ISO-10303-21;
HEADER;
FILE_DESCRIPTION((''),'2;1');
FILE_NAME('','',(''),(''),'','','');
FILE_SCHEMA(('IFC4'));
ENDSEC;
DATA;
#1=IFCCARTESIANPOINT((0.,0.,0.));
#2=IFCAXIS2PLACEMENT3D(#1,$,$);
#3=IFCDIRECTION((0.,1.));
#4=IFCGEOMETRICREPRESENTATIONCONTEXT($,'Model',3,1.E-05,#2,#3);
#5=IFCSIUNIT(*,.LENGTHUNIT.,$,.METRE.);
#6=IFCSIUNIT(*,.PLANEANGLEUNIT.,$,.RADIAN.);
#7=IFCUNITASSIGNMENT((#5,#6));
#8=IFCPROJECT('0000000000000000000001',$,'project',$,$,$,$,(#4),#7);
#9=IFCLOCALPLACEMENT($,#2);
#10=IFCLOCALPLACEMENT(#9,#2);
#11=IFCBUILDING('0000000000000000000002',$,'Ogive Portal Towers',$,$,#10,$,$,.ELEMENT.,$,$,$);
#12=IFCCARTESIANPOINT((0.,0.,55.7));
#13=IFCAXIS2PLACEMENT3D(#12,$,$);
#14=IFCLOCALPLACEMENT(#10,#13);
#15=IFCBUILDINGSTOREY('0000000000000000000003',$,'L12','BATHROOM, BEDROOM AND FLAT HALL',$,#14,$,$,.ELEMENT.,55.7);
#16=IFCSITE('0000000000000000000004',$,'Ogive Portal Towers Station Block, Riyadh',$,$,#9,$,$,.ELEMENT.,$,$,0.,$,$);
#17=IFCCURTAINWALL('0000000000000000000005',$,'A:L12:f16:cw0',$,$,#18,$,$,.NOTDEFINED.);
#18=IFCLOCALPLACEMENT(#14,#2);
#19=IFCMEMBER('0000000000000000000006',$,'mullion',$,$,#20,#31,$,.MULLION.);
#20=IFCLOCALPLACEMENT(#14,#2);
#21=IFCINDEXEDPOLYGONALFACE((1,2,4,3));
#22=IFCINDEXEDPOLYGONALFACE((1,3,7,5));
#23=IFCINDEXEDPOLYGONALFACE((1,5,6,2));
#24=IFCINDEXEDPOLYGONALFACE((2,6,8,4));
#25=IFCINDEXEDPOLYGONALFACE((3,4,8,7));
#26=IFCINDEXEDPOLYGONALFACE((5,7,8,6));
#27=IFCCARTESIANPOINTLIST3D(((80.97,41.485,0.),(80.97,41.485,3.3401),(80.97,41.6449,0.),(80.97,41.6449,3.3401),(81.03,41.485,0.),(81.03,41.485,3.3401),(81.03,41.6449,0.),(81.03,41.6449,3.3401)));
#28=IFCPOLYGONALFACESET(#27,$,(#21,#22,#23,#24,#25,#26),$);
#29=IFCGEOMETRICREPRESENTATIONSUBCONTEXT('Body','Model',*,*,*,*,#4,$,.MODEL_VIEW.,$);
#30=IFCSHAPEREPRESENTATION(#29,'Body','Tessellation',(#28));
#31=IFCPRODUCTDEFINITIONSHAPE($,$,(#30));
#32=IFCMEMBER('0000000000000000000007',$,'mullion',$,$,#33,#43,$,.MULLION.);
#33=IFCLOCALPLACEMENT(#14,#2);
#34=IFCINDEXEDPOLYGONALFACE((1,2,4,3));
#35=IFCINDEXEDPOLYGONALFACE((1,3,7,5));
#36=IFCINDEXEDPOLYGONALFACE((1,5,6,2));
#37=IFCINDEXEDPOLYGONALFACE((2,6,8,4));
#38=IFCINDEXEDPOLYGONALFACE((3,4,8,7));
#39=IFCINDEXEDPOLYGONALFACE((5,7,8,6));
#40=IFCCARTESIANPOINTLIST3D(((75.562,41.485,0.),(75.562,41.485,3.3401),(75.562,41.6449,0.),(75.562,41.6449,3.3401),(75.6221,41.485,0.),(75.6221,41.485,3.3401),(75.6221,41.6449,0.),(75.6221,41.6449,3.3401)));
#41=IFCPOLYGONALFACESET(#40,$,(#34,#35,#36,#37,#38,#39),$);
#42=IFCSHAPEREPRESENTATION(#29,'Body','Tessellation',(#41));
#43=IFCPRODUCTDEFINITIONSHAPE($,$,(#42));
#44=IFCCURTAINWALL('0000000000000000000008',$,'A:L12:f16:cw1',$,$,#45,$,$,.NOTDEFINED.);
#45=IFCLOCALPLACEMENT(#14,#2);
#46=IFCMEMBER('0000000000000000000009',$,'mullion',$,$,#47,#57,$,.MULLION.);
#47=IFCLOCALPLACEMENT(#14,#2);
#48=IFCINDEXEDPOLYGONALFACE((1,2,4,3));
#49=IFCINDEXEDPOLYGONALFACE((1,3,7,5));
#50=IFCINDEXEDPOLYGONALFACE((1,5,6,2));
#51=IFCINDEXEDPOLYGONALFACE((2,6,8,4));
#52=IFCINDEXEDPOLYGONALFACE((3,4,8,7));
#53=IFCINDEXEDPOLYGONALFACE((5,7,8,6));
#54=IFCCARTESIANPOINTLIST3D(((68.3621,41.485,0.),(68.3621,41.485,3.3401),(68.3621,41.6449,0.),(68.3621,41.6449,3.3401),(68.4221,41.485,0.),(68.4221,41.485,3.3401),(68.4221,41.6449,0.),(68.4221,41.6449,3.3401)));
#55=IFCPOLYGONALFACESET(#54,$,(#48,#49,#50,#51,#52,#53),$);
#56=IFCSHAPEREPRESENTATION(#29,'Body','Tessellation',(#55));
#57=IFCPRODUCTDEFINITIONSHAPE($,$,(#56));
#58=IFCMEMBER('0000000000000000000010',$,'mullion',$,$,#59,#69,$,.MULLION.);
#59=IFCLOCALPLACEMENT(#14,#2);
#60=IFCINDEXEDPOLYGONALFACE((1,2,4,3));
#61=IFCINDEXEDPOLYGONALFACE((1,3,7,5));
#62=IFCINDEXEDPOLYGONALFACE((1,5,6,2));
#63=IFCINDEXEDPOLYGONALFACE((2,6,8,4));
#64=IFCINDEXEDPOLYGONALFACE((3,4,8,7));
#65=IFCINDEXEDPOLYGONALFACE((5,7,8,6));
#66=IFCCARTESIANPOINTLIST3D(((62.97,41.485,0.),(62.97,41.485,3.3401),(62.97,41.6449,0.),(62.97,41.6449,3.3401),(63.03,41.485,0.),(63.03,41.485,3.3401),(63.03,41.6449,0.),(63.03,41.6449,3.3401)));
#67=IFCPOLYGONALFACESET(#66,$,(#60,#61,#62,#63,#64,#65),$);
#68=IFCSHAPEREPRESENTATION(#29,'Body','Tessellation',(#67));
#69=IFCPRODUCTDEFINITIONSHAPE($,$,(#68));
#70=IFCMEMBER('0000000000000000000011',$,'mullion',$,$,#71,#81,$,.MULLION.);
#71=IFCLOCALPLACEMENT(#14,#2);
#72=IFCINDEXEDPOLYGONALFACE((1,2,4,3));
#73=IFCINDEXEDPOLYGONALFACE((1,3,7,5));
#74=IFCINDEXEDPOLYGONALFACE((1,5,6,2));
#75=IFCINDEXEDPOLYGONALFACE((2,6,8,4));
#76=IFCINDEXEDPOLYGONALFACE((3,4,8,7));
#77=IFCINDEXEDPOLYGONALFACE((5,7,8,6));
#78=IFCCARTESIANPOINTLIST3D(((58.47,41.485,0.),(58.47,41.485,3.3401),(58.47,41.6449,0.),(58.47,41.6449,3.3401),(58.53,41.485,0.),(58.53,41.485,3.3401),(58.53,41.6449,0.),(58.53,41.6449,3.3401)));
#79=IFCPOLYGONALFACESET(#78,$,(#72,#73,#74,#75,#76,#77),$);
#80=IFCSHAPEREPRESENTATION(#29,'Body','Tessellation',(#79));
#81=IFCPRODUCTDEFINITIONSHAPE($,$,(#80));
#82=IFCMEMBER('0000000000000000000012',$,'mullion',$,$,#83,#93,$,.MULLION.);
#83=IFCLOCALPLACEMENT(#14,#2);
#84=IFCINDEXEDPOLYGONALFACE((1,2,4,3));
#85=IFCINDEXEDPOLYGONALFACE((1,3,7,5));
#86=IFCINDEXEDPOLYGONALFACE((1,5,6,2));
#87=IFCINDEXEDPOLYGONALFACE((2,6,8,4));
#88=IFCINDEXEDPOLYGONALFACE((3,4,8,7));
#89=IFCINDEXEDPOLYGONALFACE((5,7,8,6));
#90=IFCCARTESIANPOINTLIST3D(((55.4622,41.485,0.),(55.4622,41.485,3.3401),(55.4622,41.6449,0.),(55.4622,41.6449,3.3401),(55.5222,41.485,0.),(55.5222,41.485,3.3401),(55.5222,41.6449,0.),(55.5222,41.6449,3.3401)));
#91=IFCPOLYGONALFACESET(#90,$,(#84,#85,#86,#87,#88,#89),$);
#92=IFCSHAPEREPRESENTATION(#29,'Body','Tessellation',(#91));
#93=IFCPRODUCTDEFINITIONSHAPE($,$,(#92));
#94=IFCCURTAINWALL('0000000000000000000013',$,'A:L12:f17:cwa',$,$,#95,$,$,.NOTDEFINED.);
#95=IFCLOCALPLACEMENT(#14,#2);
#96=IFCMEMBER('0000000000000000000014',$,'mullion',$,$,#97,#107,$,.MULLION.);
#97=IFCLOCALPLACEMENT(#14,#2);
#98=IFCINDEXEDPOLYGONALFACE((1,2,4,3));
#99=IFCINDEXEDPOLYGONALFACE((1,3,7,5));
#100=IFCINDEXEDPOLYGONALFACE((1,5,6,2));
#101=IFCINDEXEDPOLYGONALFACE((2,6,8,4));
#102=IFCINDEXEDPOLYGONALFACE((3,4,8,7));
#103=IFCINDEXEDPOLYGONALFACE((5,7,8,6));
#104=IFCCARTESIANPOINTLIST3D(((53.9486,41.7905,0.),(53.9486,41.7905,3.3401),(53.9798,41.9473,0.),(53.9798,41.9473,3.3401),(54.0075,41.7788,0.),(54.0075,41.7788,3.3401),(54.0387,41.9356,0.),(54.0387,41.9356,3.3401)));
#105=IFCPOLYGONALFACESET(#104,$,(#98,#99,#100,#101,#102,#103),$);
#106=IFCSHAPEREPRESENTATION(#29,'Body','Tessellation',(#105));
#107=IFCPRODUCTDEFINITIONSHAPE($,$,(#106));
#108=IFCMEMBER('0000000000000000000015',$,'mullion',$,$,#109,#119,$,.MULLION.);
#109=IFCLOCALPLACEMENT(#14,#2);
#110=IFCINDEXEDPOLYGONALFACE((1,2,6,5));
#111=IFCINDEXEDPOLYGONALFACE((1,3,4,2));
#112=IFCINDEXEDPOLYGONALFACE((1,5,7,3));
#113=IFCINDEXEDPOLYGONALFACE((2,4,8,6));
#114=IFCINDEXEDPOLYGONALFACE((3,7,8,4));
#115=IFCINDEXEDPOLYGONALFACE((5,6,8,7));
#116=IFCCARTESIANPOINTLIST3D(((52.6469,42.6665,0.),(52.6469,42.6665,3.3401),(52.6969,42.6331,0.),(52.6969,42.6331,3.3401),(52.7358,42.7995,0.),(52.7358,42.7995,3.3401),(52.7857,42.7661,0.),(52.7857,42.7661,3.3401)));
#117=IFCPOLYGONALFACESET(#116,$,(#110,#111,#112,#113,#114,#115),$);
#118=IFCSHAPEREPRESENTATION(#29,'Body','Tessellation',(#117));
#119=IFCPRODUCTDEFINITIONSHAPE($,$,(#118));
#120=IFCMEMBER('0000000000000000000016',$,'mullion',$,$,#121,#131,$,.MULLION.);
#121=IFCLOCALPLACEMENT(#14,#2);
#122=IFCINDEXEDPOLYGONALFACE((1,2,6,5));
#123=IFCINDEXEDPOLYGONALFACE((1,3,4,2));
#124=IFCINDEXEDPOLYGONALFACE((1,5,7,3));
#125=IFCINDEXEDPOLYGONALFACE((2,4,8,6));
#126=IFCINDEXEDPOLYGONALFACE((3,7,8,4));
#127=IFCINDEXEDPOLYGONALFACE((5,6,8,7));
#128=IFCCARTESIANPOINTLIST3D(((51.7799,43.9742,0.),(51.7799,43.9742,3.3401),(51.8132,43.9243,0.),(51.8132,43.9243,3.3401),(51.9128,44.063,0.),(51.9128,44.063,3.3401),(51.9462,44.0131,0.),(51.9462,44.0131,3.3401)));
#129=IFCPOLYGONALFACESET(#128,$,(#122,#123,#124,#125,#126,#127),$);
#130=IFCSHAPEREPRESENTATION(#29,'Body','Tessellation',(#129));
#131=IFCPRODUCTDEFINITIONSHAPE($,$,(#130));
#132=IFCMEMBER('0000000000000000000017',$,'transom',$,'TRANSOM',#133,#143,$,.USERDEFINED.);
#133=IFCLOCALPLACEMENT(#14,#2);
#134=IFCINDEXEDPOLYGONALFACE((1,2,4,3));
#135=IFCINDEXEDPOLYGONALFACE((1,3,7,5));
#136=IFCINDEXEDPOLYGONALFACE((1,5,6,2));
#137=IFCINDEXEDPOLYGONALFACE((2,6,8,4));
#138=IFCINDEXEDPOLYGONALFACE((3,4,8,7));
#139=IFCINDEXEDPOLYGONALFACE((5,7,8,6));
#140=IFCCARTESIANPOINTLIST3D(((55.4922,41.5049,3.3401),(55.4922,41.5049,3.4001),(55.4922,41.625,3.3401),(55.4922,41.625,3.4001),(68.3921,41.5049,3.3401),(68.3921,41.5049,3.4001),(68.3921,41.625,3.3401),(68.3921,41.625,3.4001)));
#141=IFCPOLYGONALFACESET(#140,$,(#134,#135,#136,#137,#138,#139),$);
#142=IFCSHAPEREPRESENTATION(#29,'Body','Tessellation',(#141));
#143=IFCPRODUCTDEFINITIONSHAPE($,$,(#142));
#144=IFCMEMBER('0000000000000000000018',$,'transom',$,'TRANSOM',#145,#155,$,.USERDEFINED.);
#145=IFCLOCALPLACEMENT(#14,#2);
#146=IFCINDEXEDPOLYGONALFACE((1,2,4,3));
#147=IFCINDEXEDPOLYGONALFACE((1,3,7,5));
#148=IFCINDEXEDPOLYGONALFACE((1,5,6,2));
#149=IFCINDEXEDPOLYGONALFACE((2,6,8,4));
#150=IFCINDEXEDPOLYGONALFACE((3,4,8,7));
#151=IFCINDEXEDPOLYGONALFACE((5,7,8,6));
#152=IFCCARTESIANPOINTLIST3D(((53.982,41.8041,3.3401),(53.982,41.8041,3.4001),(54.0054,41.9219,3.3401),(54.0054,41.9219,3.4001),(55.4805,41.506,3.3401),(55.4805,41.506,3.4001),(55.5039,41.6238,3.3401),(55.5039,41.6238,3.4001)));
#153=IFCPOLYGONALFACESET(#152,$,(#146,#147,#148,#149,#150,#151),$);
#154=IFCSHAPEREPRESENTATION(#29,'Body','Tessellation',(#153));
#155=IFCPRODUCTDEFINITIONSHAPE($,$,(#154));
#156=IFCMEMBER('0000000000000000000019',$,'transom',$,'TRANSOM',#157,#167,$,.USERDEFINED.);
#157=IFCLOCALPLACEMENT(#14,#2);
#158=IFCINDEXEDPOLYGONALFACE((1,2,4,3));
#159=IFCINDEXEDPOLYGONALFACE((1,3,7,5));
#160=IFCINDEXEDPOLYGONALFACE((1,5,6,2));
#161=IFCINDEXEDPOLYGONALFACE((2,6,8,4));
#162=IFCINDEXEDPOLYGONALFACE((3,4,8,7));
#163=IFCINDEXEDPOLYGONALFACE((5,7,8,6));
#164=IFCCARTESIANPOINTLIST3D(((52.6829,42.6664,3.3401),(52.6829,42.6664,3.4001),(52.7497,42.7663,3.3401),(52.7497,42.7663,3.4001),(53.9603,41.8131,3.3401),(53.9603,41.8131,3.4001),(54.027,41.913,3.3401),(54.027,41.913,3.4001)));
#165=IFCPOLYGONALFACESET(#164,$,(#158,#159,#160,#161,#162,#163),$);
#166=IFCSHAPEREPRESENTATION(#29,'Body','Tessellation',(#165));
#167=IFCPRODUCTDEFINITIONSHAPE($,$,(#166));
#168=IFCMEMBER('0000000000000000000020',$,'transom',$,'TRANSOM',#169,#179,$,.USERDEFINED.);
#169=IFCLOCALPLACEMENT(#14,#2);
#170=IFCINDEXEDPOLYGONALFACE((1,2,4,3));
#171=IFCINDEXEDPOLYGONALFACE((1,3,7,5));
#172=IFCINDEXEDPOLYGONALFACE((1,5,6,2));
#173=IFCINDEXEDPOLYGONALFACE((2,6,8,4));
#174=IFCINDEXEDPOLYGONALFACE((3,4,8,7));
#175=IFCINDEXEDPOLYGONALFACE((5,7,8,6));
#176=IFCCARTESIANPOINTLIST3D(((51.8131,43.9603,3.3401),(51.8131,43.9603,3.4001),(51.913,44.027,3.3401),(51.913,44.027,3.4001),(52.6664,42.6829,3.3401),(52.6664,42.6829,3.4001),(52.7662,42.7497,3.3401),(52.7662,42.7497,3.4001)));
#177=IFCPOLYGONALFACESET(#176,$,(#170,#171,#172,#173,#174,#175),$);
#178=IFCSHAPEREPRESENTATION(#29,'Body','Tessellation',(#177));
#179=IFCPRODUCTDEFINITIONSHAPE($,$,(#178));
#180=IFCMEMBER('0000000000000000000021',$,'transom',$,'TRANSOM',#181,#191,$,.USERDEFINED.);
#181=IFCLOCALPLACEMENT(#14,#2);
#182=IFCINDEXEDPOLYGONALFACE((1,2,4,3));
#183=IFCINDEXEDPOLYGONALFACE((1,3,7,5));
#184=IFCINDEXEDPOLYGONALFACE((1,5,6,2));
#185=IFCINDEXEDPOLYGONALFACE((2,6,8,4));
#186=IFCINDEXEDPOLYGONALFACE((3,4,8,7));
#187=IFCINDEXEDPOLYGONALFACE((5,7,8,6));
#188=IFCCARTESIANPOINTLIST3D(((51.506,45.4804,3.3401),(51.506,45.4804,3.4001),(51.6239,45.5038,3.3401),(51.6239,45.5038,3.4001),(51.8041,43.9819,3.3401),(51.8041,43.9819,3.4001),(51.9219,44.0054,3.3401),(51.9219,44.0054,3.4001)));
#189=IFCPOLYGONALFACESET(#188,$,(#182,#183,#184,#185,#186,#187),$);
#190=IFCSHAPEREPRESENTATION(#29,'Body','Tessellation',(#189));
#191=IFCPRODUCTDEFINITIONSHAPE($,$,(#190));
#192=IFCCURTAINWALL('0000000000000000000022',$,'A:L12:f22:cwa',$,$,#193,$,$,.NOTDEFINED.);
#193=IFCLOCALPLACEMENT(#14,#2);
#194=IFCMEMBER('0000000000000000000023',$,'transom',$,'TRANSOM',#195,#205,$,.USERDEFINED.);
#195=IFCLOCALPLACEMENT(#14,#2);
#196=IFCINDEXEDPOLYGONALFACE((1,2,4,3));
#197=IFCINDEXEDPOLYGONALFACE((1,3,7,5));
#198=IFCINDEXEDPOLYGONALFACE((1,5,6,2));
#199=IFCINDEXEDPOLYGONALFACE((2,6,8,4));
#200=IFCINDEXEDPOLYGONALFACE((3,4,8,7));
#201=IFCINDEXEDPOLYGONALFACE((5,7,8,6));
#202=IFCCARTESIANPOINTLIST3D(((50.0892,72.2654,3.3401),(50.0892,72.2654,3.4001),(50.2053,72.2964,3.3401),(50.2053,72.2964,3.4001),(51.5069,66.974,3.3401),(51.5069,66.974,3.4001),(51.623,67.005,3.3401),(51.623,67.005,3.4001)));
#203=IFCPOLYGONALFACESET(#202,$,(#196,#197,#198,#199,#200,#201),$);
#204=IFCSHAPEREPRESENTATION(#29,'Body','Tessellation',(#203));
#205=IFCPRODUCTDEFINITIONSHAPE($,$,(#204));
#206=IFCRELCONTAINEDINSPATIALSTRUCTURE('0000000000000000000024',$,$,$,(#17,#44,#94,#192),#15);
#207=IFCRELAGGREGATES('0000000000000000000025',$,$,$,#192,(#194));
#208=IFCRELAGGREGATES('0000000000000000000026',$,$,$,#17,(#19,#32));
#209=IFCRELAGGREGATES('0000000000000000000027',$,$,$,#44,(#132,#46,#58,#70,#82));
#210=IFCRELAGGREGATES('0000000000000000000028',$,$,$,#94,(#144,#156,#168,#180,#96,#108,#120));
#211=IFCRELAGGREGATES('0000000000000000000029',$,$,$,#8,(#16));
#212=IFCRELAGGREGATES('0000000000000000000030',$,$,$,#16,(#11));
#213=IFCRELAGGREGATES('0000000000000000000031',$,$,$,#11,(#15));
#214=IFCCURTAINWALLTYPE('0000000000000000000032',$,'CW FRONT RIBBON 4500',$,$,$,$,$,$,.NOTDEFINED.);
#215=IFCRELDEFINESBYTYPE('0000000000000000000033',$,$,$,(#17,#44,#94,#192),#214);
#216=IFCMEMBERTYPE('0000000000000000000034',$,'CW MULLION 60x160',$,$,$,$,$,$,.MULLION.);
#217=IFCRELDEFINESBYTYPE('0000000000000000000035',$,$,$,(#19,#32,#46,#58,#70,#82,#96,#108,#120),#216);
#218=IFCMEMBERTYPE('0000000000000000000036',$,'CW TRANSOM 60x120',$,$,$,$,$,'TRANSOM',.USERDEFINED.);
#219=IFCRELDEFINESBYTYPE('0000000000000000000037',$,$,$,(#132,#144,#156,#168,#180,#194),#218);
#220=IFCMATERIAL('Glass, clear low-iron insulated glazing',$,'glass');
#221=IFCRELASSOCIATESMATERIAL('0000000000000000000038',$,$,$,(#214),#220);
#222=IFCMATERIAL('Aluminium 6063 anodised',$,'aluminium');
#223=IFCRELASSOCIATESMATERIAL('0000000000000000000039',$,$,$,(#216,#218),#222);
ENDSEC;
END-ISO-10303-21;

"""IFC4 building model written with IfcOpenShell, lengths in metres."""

from ifc_helpers import new_model, si_unit, direction, frame, origin, origin_2d, place, context, subcontext, project, spatial, rectangle, extrude, material, material_profile, profile_set, type_object, element, aggregate, save


model = new_model("IFC4")

# Units and contexts
model_context = context("Model", 3, precision=1e-05, world=origin(), true_north=direction((0.0, 1.0)))
body_context = subcontext(model_context, "Body", "Model", "MODEL_VIEW")
ifc_project = project(units=[si_unit("LENGTHUNIT", "METRE"), si_unit("PLANEANGLEUNIT", "RADIAN")], contexts=[model_context])

# Site, building, storey
site_placement = place(None, origin())
site = spatial("IfcSite", under=ifc_project, at=site_placement, Name="Ogive Portal Towers Station Block, Riyadh", CompositionType="ELEMENT", RefElevation=0.0)
building_placement = place(site_placement, origin())
building = spatial("IfcBuilding", under=site, at=building_placement, Name="Ogive Portal Towers", CompositionType="ELEMENT")
storey_placement = place(building_placement, frame((0.0, 0.0, 55.7)))
storey = spatial("IfcBuildingStorey", under=building, at=storey_placement, Name="L12", Description="BATHROOM, BEDROOM AND FLAT HALL", CompositionType="ELEMENT", Elevation=55.7)

# Curtain walls, members
ifc_material_1 = material(Name="Glass, clear low-iron insulated glazing", Category="glass")
curtain_wall_type = type_object("IfcCurtainWallType", Name="CW FRONT RIBBON 4500", PredefinedType="NOTDEFINED", material=ifc_material_1)
curtain_wall_1_placement = place(storey_placement, origin())
curtain_wall_1 = element("IfcCurtainWall", 1, at=curtain_wall_1_placement, inside=storey, type_object=curtain_wall_type, Name="A:L12:f16:cw0", PredefinedType="NOTDEFINED")
ifc_material_2 = material(Name="Aluminium 6063 anodised", Category="aluminium")
ifc_material_profile_1 = material_profile(ifc_material_2, rectangle(XDim=0.1599, YDim=0.0601, at=origin_2d()), Name="AL 60x160")
ifc_profile_set_1 = profile_set([ifc_material_profile_1], Name="Aluminium 6063 anodised")
member_type_1 = type_object("IfcMemberType", Name="CW MULLION 60x160", PredefinedType="MULLION", material=ifc_profile_set_1)
member_1_placement = place(storey_placement, frame((81.0, 41.5649, 0.0), z_axis=(0.0, 0.0, 1.0), x_axis=(0.0, -1.0, 0.0)))
member_1 = element("IfcMember", 2, at=member_1_placement, type_object=member_type_1, Name="mullion", PredefinedType="MULLION", context=body_context, shape_type="SweptSolid", body=[
    extrude(rectangle(XDim=0.1599, YDim=0.0601, at=origin_2d()), origin(), (0.0, 0.0, 1.0), 3.3401),
])
member_2_placement = place(storey_placement, frame((75.592, 41.5649, 0.0), z_axis=(0.0, 0.0, 1.0), x_axis=(0.0, -1.0, 0.0)))
member_2 = element("IfcMember", 3, at=member_2_placement, type_object=member_type_1, Name="mullion", PredefinedType="MULLION", context=body_context, shape_type="SweptSolid", body=[
    extrude(rectangle(XDim=0.1599, YDim=0.0601, at=origin_2d()), origin(), (0.0, 0.0, 1.0), 3.3401),
])
curtain_wall_2_placement = place(storey_placement, origin())
curtain_wall_2 = element("IfcCurtainWall", 4, at=curtain_wall_2_placement, inside=storey, type_object=curtain_wall_type, Name="A:L12:f16:cw1", PredefinedType="NOTDEFINED")
member_3_placement = place(storey_placement, frame((68.3921, 41.5649, 0.0), z_axis=(0.0, 0.0, 1.0), x_axis=(0.0, -1.0, 0.0)))
member_3 = element("IfcMember", 5, at=member_3_placement, type_object=member_type_1, Name="mullion", PredefinedType="MULLION", context=body_context, shape_type="SweptSolid", body=[
    extrude(rectangle(XDim=0.1599, YDim=0.0601, at=origin_2d()), origin(), (0.0, 0.0, 1.0), 3.3401),
])
member_4_placement = place(storey_placement, frame((63.0, 41.5649, 0.0), z_axis=(0.0, 0.0, 1.0), x_axis=(0.0, -1.0, 0.0)))
member_4 = element("IfcMember", 6, at=member_4_placement, type_object=member_type_1, Name="mullion", PredefinedType="MULLION", context=body_context, shape_type="SweptSolid", body=[
    extrude(rectangle(XDim=0.1599, YDim=0.0601, at=origin_2d()), origin(), (0.0, 0.0, 1.0), 3.3401),
])
member_5_placement = place(storey_placement, frame((58.5, 41.5649, 0.0), z_axis=(0.0, 0.0, 1.0), x_axis=(0.0, -1.0, 0.0)))
member_5 = element("IfcMember", 7, at=member_5_placement, type_object=member_type_1, Name="mullion", PredefinedType="MULLION", context=body_context, shape_type="SweptSolid", body=[
    extrude(rectangle(XDim=0.1599, YDim=0.0601, at=origin_2d()), origin(), (0.0, 0.0, 1.0), 3.3401),
])
member_6_placement = place(storey_placement, frame((55.4922, 41.5649, 0.0), z_axis=(0.0, 0.0, 1.0), x_axis=(0.0, -1.0, 0.0)))
member_6 = element("IfcMember", 8, at=member_6_placement, type_object=member_type_1, Name="mullion", PredefinedType="MULLION", context=body_context, shape_type="SweptSolid", body=[
    extrude(rectangle(XDim=0.1599, YDim=0.0601, at=origin_2d()), origin(), (0.0, 0.0, 1.0), 3.3401),
])
curtain_wall_3_placement = place(storey_placement, origin())
curtain_wall_3 = element("IfcCurtainWall", 9, at=curtain_wall_3_placement, inside=storey, type_object=curtain_wall_type, Name="A:L12:f17:cwa", PredefinedType="NOTDEFINED")
member_7_placement = place(storey_placement, frame((53.9937, 41.863, 0.0), z_axis=(0.0, 0.0, 1.0), x_axis=(-0.19509, -0.980785, 0.0)))
member_7 = element("IfcMember", 10, at=member_7_placement, type_object=member_type_1, Name="mullion", PredefinedType="MULLION", context=body_context, shape_type="SweptSolid", body=[
    extrude(rectangle(XDim=0.1599, YDim=0.0601, at=origin_2d()), origin(), (0.0, 0.0, 1.0), 3.3401),
])
member_8_placement = place(storey_placement, frame((52.7163, 42.7163, 0.0), z_axis=(0.0, 0.0, 1.0), x_axis=(-0.55557, -0.83147, 0.0)))
member_8 = element("IfcMember", 11, at=member_8_placement, type_object=member_type_1, Name="mullion", PredefinedType="MULLION", context=body_context, shape_type="SweptSolid", body=[
    extrude(rectangle(XDim=0.1599, YDim=0.0601, at=origin_2d()), origin(), (0.0, 0.0, 1.0), 3.3401),
])
member_9_placement = place(storey_placement, frame((51.863, 43.9937, 0.0), z_axis=(0.0, 0.0, 1.0), x_axis=(-0.83147, -0.55557, 0.0)))
member_9 = element("IfcMember", 12, at=member_9_placement, type_object=member_type_1, Name="mullion", PredefinedType="MULLION", context=body_context, shape_type="SweptSolid", body=[
    extrude(rectangle(XDim=0.1599, YDim=0.0601, at=origin_2d()), origin(), (0.0, 0.0, 1.0), 3.3401),
])

# Members
ifc_material_profile_2 = material_profile(ifc_material_2, rectangle(XDim=0.1201, YDim=0.0601, at=origin_2d()), Name="AL 120x60")
ifc_profile_set_2 = profile_set([ifc_material_profile_2], Name="Aluminium 6063 anodised")
member_type_2 = type_object("IfcMemberType", Name="CW TRANSOM 60x120", ElementType="TRANSOM", PredefinedType="USERDEFINED", material=ifc_profile_set_2)
member_10_placement = place(storey_placement, frame((68.3921, 41.5649, 3.3701), z_axis=(-1.0, 0.0, 0.0), x_axis=(0.0, -1.0, 0.0)))
member_10 = element("IfcMember", 13, at=member_10_placement, type_object=member_type_2, Name="transom", ObjectType="TRANSOM", PredefinedType="USERDEFINED", context=body_context, shape_type="SweptSolid", body=[
    extrude(rectangle(XDim=0.1201, YDim=0.0601, at=origin_2d()), origin(), (0.0, 0.0, 1.0), 12.8999),
])
member_11_placement = place(storey_placement, frame((55.4922, 41.5649, 3.3701), z_axis=(-0.980783, 0.195102, 0.0), x_axis=(-0.195102, -0.980783, 0.0)))
member_11 = element("IfcMember", 14, at=member_11_placement, type_object=member_type_2, Name="transom", ObjectType="TRANSOM", PredefinedType="USERDEFINED", context=body_context, shape_type="SweptSolid", body=[
    extrude(rectangle(XDim=0.1201, YDim=0.0601, at=origin_2d()), origin(), (0.0, 0.0, 1.0), 1.5278),
])
member_12_placement = place(storey_placement, frame((53.9937, 41.863, 3.3701), z_axis=(-0.831536, 0.55547, 0.0), x_axis=(-0.55547, -0.831536, 0.0)))
member_12 = element("IfcMember", 15, at=member_12_placement, type_object=member_type_2, Name="transom", ObjectType="TRANSOM", PredefinedType="USERDEFINED", context=body_context, shape_type="SweptSolid", body=[
    extrude(rectangle(XDim=0.1201, YDim=0.0601, at=origin_2d()), origin(), (0.0, 0.0, 1.0), 1.5361),
])
member_13_placement = place(storey_placement, frame((52.7163, 42.7163, 3.3701), z_axis=(-0.55547, 0.831536, 0.0), x_axis=(-0.831536, -0.55547, 0.0)))
member_13 = element("IfcMember", 16, at=member_13_placement, type_object=member_type_2, Name="transom", ObjectType="TRANSOM", PredefinedType="USERDEFINED", context=body_context, shape_type="SweptSolid", body=[
    extrude(rectangle(XDim=0.1201, YDim=0.0601, at=origin_2d()), origin(), (0.0, 0.0, 1.0), 1.5361),
])
member_14_placement = place(storey_placement, frame((51.863, 43.9937, 3.3701), z_axis=(-0.195102, 0.980783, 0.0), x_axis=(-0.980783, -0.195102, 0.0)))
member_14 = element("IfcMember", 17, at=member_14_placement, type_object=member_type_2, Name="transom", ObjectType="TRANSOM", PredefinedType="USERDEFINED", context=body_context, shape_type="SweptSolid", body=[
    extrude(rectangle(XDim=0.1201, YDim=0.0601, at=origin_2d()), origin(), (0.0, 0.0, 1.0), 1.5278),
])

# Curtain wall, member
curtain_wall_4_placement = place(storey_placement, origin())
curtain_wall_4 = element("IfcCurtainWall", 18, at=curtain_wall_4_placement, inside=storey, type_object=curtain_wall_type, Name="A:L12:f22:cwa", PredefinedType="NOTDEFINED")
member_15_placement = place(storey_placement, frame((51.5649, 66.9895, 3.3701), z_axis=(-0.258797, 0.965932, 0.0), x_axis=(-0.965932, -0.258797, 0.0)))
member_15 = element("IfcMember", 19, at=member_15_placement, type_object=member_type_2, Name="transom", ObjectType="TRANSOM", PredefinedType="USERDEFINED", context=body_context, shape_type="SweptSolid", body=[
    extrude(rectangle(XDim=0.1201, YDim=0.0601, at=origin_2d()), origin(), (0.0, 0.0, 1.0), 5.478),
])
aggregate(curtain_wall_4, [member_15])

aggregate(curtain_wall_1, [member_1, member_2])
aggregate(curtain_wall_2, [member_10, member_3, member_4, member_5, member_6])
aggregate(curtain_wall_3, [member_11, member_12, member_13, member_14, member_7, member_8, member_9])

save(model, "model.ifc")
